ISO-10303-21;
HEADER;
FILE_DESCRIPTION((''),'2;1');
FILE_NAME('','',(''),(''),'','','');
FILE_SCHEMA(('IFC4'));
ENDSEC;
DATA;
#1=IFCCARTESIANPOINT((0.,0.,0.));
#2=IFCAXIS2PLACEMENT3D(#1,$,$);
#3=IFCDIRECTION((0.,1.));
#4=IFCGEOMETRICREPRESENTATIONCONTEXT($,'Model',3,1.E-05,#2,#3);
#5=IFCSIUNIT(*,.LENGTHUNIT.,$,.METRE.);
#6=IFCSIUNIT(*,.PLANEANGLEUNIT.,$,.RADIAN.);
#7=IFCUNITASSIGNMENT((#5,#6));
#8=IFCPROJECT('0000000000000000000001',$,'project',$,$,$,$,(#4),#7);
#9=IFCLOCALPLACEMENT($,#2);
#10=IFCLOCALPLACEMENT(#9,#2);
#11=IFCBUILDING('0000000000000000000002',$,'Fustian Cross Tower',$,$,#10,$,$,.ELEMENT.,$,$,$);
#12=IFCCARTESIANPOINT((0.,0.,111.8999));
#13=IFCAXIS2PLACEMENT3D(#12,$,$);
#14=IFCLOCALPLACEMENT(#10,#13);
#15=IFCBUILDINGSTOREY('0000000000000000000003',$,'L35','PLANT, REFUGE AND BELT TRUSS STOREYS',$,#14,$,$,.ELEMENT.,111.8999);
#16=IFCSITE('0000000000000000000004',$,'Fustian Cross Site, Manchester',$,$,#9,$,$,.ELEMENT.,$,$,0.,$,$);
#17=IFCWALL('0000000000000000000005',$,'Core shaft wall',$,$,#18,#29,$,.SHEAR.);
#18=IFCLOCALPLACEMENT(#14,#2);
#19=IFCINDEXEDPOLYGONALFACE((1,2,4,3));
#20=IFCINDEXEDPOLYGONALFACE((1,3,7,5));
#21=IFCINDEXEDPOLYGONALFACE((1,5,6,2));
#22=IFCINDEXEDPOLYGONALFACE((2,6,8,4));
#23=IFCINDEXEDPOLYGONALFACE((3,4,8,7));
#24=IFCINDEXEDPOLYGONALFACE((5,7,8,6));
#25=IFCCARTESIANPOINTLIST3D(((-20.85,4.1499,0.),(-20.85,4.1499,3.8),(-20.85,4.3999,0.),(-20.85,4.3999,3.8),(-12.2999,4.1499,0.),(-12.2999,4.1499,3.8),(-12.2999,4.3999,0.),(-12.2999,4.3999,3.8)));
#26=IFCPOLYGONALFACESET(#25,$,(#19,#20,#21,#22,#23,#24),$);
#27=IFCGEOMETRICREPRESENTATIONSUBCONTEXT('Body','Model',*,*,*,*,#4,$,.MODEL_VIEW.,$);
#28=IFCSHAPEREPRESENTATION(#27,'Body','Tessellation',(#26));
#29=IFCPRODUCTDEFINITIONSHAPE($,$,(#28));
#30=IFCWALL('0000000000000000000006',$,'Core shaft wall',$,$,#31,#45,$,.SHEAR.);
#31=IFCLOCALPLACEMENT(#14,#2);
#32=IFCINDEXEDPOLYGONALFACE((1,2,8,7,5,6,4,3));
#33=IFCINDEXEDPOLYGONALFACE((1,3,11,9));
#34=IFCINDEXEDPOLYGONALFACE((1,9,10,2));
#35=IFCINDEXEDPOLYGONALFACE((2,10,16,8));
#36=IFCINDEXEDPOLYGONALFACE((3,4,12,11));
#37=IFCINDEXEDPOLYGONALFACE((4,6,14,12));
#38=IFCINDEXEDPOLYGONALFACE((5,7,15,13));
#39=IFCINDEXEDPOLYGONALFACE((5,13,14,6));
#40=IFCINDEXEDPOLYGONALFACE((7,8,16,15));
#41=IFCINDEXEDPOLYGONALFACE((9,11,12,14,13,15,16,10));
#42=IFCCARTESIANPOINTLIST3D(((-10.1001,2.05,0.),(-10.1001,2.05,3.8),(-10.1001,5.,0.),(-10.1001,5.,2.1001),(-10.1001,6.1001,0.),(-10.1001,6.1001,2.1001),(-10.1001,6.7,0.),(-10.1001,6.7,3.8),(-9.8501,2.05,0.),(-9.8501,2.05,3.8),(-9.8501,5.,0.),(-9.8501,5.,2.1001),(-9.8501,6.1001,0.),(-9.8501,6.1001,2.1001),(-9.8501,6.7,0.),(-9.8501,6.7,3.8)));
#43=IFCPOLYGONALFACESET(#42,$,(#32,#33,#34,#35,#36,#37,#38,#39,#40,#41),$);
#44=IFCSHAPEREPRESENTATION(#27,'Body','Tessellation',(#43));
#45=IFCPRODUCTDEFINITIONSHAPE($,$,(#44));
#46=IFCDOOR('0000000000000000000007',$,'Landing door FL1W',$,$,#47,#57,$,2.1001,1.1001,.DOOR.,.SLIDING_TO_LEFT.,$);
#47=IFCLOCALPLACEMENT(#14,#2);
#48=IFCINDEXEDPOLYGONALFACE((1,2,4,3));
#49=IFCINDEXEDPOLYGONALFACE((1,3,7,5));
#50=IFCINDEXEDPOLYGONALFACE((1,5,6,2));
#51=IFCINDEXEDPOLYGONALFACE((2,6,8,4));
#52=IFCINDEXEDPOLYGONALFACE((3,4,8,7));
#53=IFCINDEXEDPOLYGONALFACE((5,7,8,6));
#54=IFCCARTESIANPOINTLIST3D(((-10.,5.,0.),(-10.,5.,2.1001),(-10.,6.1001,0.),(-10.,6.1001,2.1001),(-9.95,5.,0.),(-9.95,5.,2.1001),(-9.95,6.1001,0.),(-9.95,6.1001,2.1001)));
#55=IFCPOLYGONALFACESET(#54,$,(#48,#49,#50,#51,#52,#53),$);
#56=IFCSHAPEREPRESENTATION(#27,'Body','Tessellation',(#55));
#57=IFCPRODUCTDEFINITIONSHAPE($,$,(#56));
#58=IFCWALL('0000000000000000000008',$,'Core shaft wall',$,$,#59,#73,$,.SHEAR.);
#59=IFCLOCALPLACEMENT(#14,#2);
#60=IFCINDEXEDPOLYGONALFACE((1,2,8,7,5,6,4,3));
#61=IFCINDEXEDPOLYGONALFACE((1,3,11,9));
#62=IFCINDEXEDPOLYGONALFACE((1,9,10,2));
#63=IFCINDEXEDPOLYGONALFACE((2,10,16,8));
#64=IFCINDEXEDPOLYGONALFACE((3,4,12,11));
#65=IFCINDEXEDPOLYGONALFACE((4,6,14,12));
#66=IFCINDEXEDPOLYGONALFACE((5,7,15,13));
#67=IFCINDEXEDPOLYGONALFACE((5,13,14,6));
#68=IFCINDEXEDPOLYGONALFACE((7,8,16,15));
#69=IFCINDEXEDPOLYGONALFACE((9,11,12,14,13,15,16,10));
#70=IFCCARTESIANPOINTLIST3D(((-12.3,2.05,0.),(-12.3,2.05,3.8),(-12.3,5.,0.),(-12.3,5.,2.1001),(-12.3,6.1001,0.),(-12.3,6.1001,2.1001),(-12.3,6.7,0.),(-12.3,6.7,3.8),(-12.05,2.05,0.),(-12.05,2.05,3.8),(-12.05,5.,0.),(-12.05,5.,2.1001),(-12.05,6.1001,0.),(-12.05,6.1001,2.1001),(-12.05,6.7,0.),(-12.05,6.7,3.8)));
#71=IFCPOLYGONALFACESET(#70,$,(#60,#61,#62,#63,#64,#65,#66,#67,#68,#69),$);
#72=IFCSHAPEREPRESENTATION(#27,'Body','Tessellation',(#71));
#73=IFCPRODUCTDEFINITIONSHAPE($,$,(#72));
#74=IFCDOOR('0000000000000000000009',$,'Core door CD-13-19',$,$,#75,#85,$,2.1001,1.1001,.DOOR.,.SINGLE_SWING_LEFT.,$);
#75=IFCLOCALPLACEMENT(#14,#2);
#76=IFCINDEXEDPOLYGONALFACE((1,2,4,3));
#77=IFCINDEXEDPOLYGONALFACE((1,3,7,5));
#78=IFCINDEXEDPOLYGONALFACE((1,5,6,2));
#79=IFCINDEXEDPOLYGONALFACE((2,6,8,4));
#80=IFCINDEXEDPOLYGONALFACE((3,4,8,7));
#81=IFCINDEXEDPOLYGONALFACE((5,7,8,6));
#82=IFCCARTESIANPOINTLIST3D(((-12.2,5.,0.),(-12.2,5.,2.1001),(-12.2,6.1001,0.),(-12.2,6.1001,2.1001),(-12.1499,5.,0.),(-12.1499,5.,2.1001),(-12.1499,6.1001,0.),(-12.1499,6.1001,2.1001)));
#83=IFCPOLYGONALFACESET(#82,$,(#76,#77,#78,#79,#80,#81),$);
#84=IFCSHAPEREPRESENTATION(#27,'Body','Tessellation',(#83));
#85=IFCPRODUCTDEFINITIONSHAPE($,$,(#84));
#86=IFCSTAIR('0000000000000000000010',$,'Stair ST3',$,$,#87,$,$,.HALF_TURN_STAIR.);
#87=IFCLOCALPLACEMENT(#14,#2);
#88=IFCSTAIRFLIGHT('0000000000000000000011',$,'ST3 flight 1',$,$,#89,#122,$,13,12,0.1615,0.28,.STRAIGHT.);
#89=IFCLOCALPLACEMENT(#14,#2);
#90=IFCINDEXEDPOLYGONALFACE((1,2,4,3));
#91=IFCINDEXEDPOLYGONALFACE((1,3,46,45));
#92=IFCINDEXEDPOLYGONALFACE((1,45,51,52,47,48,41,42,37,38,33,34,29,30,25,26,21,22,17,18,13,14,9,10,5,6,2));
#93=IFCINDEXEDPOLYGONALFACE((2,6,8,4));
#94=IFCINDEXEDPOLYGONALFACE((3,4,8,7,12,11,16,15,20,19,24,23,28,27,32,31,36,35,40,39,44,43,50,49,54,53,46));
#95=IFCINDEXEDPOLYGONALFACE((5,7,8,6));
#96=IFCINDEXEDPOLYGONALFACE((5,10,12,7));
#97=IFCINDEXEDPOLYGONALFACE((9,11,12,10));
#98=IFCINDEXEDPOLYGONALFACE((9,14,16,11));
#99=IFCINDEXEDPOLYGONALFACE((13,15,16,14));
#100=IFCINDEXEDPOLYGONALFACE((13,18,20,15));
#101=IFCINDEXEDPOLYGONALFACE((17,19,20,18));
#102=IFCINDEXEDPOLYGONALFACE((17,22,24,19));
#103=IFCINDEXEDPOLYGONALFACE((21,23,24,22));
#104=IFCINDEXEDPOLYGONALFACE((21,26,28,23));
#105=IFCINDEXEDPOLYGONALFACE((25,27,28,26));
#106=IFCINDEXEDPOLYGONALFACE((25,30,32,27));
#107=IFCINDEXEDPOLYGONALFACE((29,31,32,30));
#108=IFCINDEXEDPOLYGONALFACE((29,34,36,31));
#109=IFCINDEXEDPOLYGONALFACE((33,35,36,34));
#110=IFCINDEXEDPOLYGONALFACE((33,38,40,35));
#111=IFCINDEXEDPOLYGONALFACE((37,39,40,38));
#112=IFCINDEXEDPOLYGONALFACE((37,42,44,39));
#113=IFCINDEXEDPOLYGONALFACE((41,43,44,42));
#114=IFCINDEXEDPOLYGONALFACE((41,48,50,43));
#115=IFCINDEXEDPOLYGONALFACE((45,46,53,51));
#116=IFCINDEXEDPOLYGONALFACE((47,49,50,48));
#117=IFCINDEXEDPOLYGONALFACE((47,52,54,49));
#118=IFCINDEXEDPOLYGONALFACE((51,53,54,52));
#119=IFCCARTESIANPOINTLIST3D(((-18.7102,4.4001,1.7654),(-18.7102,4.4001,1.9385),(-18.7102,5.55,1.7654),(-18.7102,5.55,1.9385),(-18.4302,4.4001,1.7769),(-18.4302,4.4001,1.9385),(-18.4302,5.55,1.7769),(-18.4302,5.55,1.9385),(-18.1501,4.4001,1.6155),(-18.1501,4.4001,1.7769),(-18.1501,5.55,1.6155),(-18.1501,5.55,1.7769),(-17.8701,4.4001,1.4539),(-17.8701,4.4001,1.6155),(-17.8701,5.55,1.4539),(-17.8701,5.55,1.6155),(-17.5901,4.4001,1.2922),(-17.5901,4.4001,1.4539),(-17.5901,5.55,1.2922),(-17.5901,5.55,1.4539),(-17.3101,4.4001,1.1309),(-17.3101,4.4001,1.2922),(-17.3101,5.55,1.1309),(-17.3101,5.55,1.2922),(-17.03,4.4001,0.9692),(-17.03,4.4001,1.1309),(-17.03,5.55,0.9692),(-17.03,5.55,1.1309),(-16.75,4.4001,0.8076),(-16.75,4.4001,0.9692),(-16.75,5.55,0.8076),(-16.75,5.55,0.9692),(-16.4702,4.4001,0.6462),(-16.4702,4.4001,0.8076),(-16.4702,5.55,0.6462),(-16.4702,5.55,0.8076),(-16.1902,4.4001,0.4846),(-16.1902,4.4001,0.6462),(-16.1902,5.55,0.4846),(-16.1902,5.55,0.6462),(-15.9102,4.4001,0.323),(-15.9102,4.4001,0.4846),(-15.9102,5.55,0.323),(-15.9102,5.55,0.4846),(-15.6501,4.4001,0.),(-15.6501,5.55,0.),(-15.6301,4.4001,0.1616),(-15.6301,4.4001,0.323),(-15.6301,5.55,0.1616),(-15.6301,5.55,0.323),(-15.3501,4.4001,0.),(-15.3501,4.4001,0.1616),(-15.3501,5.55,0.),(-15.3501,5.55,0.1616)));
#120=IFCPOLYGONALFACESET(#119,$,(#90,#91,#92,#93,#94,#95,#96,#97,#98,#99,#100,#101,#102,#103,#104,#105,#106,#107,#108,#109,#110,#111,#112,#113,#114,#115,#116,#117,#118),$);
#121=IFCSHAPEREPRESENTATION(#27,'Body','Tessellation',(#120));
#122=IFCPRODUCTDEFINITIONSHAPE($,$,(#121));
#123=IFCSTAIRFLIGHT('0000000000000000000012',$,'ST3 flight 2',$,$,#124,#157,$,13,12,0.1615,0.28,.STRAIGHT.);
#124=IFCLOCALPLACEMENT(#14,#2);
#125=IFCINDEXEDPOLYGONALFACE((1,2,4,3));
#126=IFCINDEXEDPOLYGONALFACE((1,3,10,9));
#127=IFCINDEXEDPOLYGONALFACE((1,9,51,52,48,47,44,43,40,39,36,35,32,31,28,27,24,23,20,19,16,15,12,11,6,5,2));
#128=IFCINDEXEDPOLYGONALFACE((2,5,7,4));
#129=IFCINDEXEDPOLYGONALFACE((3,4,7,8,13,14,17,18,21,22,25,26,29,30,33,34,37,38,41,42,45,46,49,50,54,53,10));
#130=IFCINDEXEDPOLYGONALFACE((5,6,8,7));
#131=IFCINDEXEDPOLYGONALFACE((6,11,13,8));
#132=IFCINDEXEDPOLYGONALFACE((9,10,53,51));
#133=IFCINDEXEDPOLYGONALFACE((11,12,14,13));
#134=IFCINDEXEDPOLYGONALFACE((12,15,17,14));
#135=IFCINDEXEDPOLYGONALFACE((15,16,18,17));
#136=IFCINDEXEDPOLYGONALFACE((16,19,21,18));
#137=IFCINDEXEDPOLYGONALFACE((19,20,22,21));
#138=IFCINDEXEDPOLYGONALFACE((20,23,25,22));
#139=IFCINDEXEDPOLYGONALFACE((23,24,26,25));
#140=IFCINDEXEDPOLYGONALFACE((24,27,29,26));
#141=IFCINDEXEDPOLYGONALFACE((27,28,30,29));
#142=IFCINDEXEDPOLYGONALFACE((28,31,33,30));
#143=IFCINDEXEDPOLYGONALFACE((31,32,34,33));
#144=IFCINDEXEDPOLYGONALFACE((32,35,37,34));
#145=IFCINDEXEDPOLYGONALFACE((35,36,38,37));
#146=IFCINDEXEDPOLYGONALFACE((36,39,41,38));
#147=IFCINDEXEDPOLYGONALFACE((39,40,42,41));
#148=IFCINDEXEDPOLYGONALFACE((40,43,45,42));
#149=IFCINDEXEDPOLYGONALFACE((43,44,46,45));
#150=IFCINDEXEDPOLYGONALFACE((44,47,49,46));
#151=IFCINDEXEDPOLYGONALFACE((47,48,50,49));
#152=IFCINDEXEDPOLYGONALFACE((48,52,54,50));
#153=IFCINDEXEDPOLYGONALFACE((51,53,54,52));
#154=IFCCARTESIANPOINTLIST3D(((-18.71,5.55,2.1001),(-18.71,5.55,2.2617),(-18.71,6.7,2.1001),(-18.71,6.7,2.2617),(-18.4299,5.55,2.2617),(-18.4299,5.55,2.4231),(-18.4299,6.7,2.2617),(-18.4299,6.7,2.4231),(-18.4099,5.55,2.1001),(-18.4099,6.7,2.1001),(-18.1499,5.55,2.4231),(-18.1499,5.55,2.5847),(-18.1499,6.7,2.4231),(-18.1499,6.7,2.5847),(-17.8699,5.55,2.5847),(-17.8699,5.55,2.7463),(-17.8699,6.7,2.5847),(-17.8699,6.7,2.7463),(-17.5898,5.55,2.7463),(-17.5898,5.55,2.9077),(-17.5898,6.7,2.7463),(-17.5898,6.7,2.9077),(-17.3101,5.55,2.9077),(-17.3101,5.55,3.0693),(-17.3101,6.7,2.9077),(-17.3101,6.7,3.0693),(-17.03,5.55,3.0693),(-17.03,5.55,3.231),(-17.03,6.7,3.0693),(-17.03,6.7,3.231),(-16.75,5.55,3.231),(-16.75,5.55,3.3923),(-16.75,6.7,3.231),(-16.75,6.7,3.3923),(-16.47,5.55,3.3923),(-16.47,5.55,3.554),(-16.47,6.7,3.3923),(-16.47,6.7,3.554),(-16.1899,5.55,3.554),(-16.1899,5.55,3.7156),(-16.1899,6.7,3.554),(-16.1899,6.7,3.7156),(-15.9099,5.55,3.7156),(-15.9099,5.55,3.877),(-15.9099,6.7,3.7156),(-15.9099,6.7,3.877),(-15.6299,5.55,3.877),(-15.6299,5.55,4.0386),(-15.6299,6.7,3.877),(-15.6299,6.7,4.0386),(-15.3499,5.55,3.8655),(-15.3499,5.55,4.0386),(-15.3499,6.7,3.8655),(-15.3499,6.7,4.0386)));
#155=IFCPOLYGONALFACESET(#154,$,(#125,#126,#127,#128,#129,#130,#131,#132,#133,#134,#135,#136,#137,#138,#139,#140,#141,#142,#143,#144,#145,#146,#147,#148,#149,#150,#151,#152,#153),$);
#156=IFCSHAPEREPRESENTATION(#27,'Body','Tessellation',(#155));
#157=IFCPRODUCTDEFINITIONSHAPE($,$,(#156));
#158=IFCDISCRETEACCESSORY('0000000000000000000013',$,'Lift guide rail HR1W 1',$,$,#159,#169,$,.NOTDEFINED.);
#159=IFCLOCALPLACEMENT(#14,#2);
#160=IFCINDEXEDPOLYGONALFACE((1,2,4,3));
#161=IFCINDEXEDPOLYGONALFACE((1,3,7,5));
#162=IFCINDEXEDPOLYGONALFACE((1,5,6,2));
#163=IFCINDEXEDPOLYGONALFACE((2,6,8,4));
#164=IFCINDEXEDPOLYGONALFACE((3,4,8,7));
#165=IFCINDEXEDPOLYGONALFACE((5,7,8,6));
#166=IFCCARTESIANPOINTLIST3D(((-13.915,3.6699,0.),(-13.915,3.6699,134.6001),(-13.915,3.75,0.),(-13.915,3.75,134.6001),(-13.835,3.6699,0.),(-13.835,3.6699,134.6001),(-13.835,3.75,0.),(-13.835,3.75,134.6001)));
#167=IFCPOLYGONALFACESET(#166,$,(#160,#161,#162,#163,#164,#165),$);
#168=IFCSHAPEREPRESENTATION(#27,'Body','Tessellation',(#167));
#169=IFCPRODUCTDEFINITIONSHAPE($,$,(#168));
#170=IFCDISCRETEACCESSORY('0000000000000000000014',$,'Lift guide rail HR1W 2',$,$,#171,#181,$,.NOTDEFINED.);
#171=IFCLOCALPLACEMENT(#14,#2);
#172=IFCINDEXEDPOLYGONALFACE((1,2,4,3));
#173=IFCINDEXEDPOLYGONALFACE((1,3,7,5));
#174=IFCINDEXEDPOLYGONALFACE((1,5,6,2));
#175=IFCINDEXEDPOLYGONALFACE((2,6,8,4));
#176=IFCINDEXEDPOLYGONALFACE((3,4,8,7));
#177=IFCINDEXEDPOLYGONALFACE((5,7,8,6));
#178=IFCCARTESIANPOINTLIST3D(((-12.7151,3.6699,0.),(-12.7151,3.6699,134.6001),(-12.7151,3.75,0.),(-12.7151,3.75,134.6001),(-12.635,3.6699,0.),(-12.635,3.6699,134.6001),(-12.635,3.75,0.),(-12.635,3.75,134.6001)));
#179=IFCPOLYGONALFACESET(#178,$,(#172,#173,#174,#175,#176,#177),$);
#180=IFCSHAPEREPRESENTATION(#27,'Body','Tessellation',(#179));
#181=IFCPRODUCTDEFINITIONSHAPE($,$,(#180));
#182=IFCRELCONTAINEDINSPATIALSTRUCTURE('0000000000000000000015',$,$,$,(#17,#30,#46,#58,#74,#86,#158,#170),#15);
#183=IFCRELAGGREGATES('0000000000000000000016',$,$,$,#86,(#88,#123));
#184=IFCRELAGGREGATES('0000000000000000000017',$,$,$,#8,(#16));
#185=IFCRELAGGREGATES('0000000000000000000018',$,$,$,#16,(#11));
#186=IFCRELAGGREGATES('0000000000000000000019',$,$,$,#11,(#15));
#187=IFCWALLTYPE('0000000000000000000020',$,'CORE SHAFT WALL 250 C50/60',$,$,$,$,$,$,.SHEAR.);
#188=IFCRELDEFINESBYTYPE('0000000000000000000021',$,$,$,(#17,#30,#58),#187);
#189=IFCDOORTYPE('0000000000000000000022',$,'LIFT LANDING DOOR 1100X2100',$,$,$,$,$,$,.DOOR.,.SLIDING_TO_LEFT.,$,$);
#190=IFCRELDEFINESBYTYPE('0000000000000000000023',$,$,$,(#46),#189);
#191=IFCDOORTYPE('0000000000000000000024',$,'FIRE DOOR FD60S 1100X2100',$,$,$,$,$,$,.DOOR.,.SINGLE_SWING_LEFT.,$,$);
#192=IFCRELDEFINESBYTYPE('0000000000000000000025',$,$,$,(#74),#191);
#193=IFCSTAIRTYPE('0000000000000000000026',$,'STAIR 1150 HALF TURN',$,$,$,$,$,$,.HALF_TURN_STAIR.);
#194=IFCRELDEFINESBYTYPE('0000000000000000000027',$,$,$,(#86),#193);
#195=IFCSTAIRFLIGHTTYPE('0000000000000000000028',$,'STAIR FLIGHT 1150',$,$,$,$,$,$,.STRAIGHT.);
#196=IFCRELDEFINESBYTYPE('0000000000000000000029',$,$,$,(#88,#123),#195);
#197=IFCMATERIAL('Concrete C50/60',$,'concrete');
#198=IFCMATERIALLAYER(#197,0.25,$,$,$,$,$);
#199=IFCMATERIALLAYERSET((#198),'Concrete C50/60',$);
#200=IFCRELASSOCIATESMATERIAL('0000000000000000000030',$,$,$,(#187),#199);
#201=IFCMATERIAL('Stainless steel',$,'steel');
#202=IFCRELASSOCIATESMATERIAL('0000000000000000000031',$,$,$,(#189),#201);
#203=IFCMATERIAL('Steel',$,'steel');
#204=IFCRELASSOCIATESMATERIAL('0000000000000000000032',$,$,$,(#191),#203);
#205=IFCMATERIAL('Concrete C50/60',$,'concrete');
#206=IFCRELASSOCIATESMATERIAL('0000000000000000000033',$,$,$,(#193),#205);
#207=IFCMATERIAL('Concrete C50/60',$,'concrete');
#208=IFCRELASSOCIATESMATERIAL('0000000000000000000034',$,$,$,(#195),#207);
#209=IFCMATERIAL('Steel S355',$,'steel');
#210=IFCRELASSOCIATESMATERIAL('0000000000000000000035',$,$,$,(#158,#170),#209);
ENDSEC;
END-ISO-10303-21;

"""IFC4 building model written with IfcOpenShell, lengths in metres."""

from ifc_helpers import new_model, si_unit, direction, frame, frame_2d, origin, origin_2d, place, context, subcontext, project, spatial, polyline, rectangle, outline, extrude, material, layer, layer_set, type_object, element, fill, aggregate, save


model = new_model("IFC4")

# Units and contexts
model_context = context("Model", 3, precision=1e-05, world=origin(), true_north=direction((0.0, 1.0)))
body_context = subcontext(model_context, "Body", "Model", "MODEL_VIEW")
ifc_project = project(units=[si_unit("LENGTHUNIT", "METRE"), si_unit("PLANEANGLEUNIT", "RADIAN")], contexts=[model_context])

# Site, building, storey
site_placement = place(None, origin())
site = spatial("IfcSite", under=ifc_project, at=site_placement, Name="Fustian Cross Site, Manchester", CompositionType="ELEMENT", RefElevation=0.0)
building_placement = place(site_placement, origin())
building = spatial("IfcBuilding", under=site, at=building_placement, Name="Fustian Cross Tower", CompositionType="ELEMENT")
storey_placement = place(building_placement, frame((0.0, 0.0, 111.8999)))
storey = spatial("IfcBuildingStorey", under=building, at=storey_placement, Name="L35", Description="PLANT, REFUGE AND BELT TRUSS STOREYS", CompositionType="ELEMENT", Elevation=111.8999)

# Wall
ifc_material_1 = material(Name="Concrete C50/60", Category="concrete")
ifc_layer = layer(ifc_material_1, 0.25)
ifc_layer_set = layer_set([ifc_layer], Name="Concrete C50/60")
wall_type = type_object("IfcWallType", Name="CORE SHAFT WALL 250 C50/60", PredefinedType="SHEAR", material=ifc_layer_set)
wall_1_placement = place(storey_placement, frame((-12.3, 4.2749, 0.0), z_axis=(0.0, 0.0, 1.0), x_axis=(-1.0, 0.0, 0.0)))
element("IfcWall", 1, at=wall_1_placement, inside=storey, type_object=wall_type, Name="Core shaft wall", PredefinedType="SHEAR", context=body_context, shape_type="SweptSolid", body=[
    extrude(rectangle(XDim=8.55, YDim=0.25, at=frame_2d((4.2749, 0.0))), origin(), (0.0, 0.0, 1.0), 3.8),
])

# Walls, openings, doors
wall_2_placement = place(storey_placement, frame((-9.9751, 2.05, 0.0), z_axis=(0.0, 0.0, 1.0), x_axis=(0.0, 1.0, 0.0)))
wall_2 = element("IfcWall", 2, at=wall_2_placement, inside=storey, type_object=wall_type, Name="Core shaft wall", PredefinedType="SHEAR", context=body_context, shape_type="SweptSolid", body=[
    extrude(rectangle(XDim=4.6499, YDim=0.25, at=frame_2d((2.325, 0.0))), origin(), (0.0, 0.0, 1.0), 3.8),
])
opening_1_placement = place(wall_2_placement, frame((2.95, 0.0, 0.0)))
opening_1 = element("IfcOpeningElement", 3, at=opening_1_placement, cuts=wall_2, PredefinedType="OPENING", context=body_context, shape_type="SweptSolid", body=[
    extrude(rectangle(XDim=1.1001, YDim=2.1001, at=frame_2d((0.55, 1.05))), frame((0.0, 0.135, 0.0), z_axis=(0.0, -1.0, 0.0), x_axis=(1.0, 0.0, 0.0)), (0.0, 0.0, 1.0), 0.27),
])
ifc_material_2 = material(Name="Stainless steel", Category="steel")
door_type_1 = type_object("IfcDoorType", Name="LIFT LANDING DOOR 1100X2100", OperationType="SLIDING_TO_LEFT", PredefinedType="DOOR", material=ifc_material_2)
door_1_placement = place(opening_1_placement, origin())
door_1 = element("IfcDoor", 4, at=door_1_placement, inside=storey, type_object=door_type_1, Name="Landing door FL1W", OperationType="SLIDING_TO_LEFT", OverallHeight=2.1001, OverallWidth=1.1001, PredefinedType="DOOR", context=body_context, shape_type="SweptSolid", body=[
    extrude(rectangle(XDim=1.1001, YDim=2.1001, at=frame_2d((0.55, 1.05))), frame((0.0, 0.0249, 0.0), z_axis=(0.0, -1.0, 0.0), x_axis=(1.0, 0.0, 0.0)), (0.0, 0.0, 1.0), 0.05),
])
fill(opening_1, door_1)
wall_3_placement = place(storey_placement, frame((-12.175, 2.05, 0.0), z_axis=(0.0, 0.0, 1.0), x_axis=(0.0, 1.0, 0.0)))
wall_3 = element("IfcWall", 5, at=wall_3_placement, inside=storey, type_object=wall_type, Name="Core shaft wall", PredefinedType="SHEAR", context=body_context, shape_type="SweptSolid", body=[
    extrude(rectangle(XDim=4.6499, YDim=0.25, at=frame_2d((2.325, 0.0))), origin(), (0.0, 0.0, 1.0), 3.8),
])
opening_2_placement = place(wall_3_placement, frame((2.95, 0.0, 0.0)))
opening_2 = element("IfcOpeningElement", 6, at=opening_2_placement, cuts=wall_3, PredefinedType="OPENING", context=body_context, shape_type="SweptSolid", body=[
    extrude(rectangle(XDim=1.1001, YDim=2.1001, at=frame_2d((0.55, 1.05))), frame((0.0, 0.135, 0.0), z_axis=(0.0, -1.0, 0.0), x_axis=(1.0, 0.0, 0.0)), (0.0, 0.0, 1.0), 0.27),
])
ifc_material_3 = material(Name="Steel", Category="steel")
door_type_2 = type_object("IfcDoorType", Name="FIRE DOOR FD60S 1100X2100", OperationType="SINGLE_SWING_LEFT", PredefinedType="DOOR", material=ifc_material_3)
door_2_placement = place(opening_2_placement, origin())
door_2 = element("IfcDoor", 7, at=door_2_placement, inside=storey, type_object=door_type_2, Name="Core door CD-13-19", OperationType="SINGLE_SWING_LEFT", OverallHeight=2.1001, OverallWidth=1.1001, PredefinedType="DOOR", context=body_context, shape_type="SweptSolid", body=[
    extrude(rectangle(XDim=1.1001, YDim=2.1001, at=frame_2d((0.55, 1.05))), frame((0.0, 0.0249, 0.0), z_axis=(0.0, -1.0, 0.0), x_axis=(1.0, 0.0, 0.0)), (0.0, 0.0, 1.0), 0.05),
])
fill(opening_2, door_2)

# Stair, stair flights
ifc_material_4 = material(Name="Concrete C50/60", Category="concrete")
stair_type = type_object("IfcStairType", Name="STAIR 1150 HALF TURN", PredefinedType="HALF_TURN_STAIR", material=ifc_material_4)
stair_placement = place(storey_placement, origin())
stair = element("IfcStair", 8, at=stair_placement, inside=storey, type_object=stair_type, Name="Stair ST3", PredefinedType="HALF_TURN_STAIR")
ifc_material_5 = material(Name="Concrete C50/60", Category="concrete")
stair_flight_type = type_object("IfcStairFlightType", Name="STAIR FLIGHT 1150", PredefinedType="STRAIGHT", material=ifc_material_5)
stair_flight_1_placement = place(storey_placement, frame((-15.3501, 4.9751, 0.0), z_axis=(0.0, 0.0, 1.0), x_axis=(-1.0, 0.0, 0.0)))
stair_flight_1 = element("IfcStairFlight", 9, at=stair_flight_1_placement, type_object=stair_flight_type, Name="ST3 flight 1", NumberOfRisers=13, NumberOfTreads=12, PredefinedType="STRAIGHT", RiserHeight=0.1615, TreadLength=0.28, context=body_context, shape_type="SweptSolid", body=[
    extrude(outline(polyline([(0.0, 0.0), (0.0, 0.1616), (0.28, 0.1616), (0.28, 0.323), (0.5601, 0.323), (0.5601, 0.4846), (0.8401, 0.4846), (0.8401, 0.6462), (1.1201, 0.6462), (1.1201, 0.8076), (1.3999, 0.8076), (1.3999, 0.9692), (1.6799, 0.9692), (1.6799, 1.1309), (1.96, 1.1309), (1.96, 1.2922), (2.24, 1.2922), (2.24, 1.4539), (2.52, 1.4539), (2.52, 1.6155), (2.8, 1.6155), (2.8, 1.7769), (3.0801, 1.7769), (3.0801, 1.9385), (3.3601, 1.9385), (3.3601, 2.1001), (3.3601, 1.7654), (0.3, 0.0), (0.0, 0.0)])), frame((0.0, 0.575, 0.0), z_axis=(0.0, -1.0, 0.0), x_axis=(1.0, 0.0, 0.0)), (0.0, 0.0, 1.0), 1.1499),
])
stair_flight_2_placement = place(storey_placement, frame((-18.71, 6.125, 2.1001), z_axis=(0.0, 0.0, 1.0), x_axis=(1.0, 0.0, 0.0)))
stair_flight_2 = element("IfcStairFlight", 10, at=stair_flight_2_placement, type_object=stair_flight_type, Name="ST3 flight 2", NumberOfRisers=13, NumberOfTreads=12, PredefinedType="STRAIGHT", RiserHeight=0.1615, TreadLength=0.28, context=body_context, shape_type="SweptSolid", body=[
    extrude(outline(polyline([(0.0, 0.0), (0.0, 0.1616), (0.28, 0.1616), (0.28, 0.323), (0.5601, 0.323), (0.5601, 0.4846), (0.8401, 0.4846), (0.8401, 0.6462), (1.1201, 0.6462), (1.1201, 0.8076), (1.3999, 0.8076), (1.3999, 0.9692), (1.6799, 0.9692), (1.6799, 1.1309), (1.96, 1.1309), (1.96, 1.2922), (2.24, 1.2922), (2.24, 1.4539), (2.52, 1.4539), (2.52, 1.6155), (2.8, 1.6155), (2.8, 1.7769), (3.0801, 1.7769), (3.0801, 1.9385), (3.3601, 1.9385), (3.3601, 2.1001), (3.3601, 1.7654), (0.3, 0.0), (0.0, 0.0)])), frame((0.0, 0.575, 0.0), z_axis=(0.0, -1.0, 0.0), x_axis=(1.0, 0.0, 0.0)), (0.0, 0.0, 1.0), 1.1499),
])
aggregate(stair, [stair_flight_1, stair_flight_2])

# Discrete accessories
ifc_material_6 = material(Name="Steel S355", Category="steel")
for number, where, z_axis, x_axis, name in (
    (11, (-13.875, 3.71, 0.0), (0.0, 0.0, 1.0), (1.0, 0.0, 0.0), "Lift guide rail HR1W 1"),
    (12, (-12.675, 3.71, 0.0), (0.0, 0.0, 1.0), (1.0, 0.0, 0.0), "Lift guide rail HR1W 2"),
):
    element("IfcDiscreteAccessory", number, at=place(storey_placement, frame(where, z_axis=z_axis, x_axis=x_axis)), inside=storey, material=ifc_material_6, Name=name, PredefinedType="NOTDEFINED", context=body_context, shape_type="SweptSolid", body=[
        extrude(rectangle(XDim=0.0801, YDim=0.0801, at=origin_2d()), origin(), (0.0, 0.0, 1.0), 134.6001),
    ])

save(model, "model.ifc")
